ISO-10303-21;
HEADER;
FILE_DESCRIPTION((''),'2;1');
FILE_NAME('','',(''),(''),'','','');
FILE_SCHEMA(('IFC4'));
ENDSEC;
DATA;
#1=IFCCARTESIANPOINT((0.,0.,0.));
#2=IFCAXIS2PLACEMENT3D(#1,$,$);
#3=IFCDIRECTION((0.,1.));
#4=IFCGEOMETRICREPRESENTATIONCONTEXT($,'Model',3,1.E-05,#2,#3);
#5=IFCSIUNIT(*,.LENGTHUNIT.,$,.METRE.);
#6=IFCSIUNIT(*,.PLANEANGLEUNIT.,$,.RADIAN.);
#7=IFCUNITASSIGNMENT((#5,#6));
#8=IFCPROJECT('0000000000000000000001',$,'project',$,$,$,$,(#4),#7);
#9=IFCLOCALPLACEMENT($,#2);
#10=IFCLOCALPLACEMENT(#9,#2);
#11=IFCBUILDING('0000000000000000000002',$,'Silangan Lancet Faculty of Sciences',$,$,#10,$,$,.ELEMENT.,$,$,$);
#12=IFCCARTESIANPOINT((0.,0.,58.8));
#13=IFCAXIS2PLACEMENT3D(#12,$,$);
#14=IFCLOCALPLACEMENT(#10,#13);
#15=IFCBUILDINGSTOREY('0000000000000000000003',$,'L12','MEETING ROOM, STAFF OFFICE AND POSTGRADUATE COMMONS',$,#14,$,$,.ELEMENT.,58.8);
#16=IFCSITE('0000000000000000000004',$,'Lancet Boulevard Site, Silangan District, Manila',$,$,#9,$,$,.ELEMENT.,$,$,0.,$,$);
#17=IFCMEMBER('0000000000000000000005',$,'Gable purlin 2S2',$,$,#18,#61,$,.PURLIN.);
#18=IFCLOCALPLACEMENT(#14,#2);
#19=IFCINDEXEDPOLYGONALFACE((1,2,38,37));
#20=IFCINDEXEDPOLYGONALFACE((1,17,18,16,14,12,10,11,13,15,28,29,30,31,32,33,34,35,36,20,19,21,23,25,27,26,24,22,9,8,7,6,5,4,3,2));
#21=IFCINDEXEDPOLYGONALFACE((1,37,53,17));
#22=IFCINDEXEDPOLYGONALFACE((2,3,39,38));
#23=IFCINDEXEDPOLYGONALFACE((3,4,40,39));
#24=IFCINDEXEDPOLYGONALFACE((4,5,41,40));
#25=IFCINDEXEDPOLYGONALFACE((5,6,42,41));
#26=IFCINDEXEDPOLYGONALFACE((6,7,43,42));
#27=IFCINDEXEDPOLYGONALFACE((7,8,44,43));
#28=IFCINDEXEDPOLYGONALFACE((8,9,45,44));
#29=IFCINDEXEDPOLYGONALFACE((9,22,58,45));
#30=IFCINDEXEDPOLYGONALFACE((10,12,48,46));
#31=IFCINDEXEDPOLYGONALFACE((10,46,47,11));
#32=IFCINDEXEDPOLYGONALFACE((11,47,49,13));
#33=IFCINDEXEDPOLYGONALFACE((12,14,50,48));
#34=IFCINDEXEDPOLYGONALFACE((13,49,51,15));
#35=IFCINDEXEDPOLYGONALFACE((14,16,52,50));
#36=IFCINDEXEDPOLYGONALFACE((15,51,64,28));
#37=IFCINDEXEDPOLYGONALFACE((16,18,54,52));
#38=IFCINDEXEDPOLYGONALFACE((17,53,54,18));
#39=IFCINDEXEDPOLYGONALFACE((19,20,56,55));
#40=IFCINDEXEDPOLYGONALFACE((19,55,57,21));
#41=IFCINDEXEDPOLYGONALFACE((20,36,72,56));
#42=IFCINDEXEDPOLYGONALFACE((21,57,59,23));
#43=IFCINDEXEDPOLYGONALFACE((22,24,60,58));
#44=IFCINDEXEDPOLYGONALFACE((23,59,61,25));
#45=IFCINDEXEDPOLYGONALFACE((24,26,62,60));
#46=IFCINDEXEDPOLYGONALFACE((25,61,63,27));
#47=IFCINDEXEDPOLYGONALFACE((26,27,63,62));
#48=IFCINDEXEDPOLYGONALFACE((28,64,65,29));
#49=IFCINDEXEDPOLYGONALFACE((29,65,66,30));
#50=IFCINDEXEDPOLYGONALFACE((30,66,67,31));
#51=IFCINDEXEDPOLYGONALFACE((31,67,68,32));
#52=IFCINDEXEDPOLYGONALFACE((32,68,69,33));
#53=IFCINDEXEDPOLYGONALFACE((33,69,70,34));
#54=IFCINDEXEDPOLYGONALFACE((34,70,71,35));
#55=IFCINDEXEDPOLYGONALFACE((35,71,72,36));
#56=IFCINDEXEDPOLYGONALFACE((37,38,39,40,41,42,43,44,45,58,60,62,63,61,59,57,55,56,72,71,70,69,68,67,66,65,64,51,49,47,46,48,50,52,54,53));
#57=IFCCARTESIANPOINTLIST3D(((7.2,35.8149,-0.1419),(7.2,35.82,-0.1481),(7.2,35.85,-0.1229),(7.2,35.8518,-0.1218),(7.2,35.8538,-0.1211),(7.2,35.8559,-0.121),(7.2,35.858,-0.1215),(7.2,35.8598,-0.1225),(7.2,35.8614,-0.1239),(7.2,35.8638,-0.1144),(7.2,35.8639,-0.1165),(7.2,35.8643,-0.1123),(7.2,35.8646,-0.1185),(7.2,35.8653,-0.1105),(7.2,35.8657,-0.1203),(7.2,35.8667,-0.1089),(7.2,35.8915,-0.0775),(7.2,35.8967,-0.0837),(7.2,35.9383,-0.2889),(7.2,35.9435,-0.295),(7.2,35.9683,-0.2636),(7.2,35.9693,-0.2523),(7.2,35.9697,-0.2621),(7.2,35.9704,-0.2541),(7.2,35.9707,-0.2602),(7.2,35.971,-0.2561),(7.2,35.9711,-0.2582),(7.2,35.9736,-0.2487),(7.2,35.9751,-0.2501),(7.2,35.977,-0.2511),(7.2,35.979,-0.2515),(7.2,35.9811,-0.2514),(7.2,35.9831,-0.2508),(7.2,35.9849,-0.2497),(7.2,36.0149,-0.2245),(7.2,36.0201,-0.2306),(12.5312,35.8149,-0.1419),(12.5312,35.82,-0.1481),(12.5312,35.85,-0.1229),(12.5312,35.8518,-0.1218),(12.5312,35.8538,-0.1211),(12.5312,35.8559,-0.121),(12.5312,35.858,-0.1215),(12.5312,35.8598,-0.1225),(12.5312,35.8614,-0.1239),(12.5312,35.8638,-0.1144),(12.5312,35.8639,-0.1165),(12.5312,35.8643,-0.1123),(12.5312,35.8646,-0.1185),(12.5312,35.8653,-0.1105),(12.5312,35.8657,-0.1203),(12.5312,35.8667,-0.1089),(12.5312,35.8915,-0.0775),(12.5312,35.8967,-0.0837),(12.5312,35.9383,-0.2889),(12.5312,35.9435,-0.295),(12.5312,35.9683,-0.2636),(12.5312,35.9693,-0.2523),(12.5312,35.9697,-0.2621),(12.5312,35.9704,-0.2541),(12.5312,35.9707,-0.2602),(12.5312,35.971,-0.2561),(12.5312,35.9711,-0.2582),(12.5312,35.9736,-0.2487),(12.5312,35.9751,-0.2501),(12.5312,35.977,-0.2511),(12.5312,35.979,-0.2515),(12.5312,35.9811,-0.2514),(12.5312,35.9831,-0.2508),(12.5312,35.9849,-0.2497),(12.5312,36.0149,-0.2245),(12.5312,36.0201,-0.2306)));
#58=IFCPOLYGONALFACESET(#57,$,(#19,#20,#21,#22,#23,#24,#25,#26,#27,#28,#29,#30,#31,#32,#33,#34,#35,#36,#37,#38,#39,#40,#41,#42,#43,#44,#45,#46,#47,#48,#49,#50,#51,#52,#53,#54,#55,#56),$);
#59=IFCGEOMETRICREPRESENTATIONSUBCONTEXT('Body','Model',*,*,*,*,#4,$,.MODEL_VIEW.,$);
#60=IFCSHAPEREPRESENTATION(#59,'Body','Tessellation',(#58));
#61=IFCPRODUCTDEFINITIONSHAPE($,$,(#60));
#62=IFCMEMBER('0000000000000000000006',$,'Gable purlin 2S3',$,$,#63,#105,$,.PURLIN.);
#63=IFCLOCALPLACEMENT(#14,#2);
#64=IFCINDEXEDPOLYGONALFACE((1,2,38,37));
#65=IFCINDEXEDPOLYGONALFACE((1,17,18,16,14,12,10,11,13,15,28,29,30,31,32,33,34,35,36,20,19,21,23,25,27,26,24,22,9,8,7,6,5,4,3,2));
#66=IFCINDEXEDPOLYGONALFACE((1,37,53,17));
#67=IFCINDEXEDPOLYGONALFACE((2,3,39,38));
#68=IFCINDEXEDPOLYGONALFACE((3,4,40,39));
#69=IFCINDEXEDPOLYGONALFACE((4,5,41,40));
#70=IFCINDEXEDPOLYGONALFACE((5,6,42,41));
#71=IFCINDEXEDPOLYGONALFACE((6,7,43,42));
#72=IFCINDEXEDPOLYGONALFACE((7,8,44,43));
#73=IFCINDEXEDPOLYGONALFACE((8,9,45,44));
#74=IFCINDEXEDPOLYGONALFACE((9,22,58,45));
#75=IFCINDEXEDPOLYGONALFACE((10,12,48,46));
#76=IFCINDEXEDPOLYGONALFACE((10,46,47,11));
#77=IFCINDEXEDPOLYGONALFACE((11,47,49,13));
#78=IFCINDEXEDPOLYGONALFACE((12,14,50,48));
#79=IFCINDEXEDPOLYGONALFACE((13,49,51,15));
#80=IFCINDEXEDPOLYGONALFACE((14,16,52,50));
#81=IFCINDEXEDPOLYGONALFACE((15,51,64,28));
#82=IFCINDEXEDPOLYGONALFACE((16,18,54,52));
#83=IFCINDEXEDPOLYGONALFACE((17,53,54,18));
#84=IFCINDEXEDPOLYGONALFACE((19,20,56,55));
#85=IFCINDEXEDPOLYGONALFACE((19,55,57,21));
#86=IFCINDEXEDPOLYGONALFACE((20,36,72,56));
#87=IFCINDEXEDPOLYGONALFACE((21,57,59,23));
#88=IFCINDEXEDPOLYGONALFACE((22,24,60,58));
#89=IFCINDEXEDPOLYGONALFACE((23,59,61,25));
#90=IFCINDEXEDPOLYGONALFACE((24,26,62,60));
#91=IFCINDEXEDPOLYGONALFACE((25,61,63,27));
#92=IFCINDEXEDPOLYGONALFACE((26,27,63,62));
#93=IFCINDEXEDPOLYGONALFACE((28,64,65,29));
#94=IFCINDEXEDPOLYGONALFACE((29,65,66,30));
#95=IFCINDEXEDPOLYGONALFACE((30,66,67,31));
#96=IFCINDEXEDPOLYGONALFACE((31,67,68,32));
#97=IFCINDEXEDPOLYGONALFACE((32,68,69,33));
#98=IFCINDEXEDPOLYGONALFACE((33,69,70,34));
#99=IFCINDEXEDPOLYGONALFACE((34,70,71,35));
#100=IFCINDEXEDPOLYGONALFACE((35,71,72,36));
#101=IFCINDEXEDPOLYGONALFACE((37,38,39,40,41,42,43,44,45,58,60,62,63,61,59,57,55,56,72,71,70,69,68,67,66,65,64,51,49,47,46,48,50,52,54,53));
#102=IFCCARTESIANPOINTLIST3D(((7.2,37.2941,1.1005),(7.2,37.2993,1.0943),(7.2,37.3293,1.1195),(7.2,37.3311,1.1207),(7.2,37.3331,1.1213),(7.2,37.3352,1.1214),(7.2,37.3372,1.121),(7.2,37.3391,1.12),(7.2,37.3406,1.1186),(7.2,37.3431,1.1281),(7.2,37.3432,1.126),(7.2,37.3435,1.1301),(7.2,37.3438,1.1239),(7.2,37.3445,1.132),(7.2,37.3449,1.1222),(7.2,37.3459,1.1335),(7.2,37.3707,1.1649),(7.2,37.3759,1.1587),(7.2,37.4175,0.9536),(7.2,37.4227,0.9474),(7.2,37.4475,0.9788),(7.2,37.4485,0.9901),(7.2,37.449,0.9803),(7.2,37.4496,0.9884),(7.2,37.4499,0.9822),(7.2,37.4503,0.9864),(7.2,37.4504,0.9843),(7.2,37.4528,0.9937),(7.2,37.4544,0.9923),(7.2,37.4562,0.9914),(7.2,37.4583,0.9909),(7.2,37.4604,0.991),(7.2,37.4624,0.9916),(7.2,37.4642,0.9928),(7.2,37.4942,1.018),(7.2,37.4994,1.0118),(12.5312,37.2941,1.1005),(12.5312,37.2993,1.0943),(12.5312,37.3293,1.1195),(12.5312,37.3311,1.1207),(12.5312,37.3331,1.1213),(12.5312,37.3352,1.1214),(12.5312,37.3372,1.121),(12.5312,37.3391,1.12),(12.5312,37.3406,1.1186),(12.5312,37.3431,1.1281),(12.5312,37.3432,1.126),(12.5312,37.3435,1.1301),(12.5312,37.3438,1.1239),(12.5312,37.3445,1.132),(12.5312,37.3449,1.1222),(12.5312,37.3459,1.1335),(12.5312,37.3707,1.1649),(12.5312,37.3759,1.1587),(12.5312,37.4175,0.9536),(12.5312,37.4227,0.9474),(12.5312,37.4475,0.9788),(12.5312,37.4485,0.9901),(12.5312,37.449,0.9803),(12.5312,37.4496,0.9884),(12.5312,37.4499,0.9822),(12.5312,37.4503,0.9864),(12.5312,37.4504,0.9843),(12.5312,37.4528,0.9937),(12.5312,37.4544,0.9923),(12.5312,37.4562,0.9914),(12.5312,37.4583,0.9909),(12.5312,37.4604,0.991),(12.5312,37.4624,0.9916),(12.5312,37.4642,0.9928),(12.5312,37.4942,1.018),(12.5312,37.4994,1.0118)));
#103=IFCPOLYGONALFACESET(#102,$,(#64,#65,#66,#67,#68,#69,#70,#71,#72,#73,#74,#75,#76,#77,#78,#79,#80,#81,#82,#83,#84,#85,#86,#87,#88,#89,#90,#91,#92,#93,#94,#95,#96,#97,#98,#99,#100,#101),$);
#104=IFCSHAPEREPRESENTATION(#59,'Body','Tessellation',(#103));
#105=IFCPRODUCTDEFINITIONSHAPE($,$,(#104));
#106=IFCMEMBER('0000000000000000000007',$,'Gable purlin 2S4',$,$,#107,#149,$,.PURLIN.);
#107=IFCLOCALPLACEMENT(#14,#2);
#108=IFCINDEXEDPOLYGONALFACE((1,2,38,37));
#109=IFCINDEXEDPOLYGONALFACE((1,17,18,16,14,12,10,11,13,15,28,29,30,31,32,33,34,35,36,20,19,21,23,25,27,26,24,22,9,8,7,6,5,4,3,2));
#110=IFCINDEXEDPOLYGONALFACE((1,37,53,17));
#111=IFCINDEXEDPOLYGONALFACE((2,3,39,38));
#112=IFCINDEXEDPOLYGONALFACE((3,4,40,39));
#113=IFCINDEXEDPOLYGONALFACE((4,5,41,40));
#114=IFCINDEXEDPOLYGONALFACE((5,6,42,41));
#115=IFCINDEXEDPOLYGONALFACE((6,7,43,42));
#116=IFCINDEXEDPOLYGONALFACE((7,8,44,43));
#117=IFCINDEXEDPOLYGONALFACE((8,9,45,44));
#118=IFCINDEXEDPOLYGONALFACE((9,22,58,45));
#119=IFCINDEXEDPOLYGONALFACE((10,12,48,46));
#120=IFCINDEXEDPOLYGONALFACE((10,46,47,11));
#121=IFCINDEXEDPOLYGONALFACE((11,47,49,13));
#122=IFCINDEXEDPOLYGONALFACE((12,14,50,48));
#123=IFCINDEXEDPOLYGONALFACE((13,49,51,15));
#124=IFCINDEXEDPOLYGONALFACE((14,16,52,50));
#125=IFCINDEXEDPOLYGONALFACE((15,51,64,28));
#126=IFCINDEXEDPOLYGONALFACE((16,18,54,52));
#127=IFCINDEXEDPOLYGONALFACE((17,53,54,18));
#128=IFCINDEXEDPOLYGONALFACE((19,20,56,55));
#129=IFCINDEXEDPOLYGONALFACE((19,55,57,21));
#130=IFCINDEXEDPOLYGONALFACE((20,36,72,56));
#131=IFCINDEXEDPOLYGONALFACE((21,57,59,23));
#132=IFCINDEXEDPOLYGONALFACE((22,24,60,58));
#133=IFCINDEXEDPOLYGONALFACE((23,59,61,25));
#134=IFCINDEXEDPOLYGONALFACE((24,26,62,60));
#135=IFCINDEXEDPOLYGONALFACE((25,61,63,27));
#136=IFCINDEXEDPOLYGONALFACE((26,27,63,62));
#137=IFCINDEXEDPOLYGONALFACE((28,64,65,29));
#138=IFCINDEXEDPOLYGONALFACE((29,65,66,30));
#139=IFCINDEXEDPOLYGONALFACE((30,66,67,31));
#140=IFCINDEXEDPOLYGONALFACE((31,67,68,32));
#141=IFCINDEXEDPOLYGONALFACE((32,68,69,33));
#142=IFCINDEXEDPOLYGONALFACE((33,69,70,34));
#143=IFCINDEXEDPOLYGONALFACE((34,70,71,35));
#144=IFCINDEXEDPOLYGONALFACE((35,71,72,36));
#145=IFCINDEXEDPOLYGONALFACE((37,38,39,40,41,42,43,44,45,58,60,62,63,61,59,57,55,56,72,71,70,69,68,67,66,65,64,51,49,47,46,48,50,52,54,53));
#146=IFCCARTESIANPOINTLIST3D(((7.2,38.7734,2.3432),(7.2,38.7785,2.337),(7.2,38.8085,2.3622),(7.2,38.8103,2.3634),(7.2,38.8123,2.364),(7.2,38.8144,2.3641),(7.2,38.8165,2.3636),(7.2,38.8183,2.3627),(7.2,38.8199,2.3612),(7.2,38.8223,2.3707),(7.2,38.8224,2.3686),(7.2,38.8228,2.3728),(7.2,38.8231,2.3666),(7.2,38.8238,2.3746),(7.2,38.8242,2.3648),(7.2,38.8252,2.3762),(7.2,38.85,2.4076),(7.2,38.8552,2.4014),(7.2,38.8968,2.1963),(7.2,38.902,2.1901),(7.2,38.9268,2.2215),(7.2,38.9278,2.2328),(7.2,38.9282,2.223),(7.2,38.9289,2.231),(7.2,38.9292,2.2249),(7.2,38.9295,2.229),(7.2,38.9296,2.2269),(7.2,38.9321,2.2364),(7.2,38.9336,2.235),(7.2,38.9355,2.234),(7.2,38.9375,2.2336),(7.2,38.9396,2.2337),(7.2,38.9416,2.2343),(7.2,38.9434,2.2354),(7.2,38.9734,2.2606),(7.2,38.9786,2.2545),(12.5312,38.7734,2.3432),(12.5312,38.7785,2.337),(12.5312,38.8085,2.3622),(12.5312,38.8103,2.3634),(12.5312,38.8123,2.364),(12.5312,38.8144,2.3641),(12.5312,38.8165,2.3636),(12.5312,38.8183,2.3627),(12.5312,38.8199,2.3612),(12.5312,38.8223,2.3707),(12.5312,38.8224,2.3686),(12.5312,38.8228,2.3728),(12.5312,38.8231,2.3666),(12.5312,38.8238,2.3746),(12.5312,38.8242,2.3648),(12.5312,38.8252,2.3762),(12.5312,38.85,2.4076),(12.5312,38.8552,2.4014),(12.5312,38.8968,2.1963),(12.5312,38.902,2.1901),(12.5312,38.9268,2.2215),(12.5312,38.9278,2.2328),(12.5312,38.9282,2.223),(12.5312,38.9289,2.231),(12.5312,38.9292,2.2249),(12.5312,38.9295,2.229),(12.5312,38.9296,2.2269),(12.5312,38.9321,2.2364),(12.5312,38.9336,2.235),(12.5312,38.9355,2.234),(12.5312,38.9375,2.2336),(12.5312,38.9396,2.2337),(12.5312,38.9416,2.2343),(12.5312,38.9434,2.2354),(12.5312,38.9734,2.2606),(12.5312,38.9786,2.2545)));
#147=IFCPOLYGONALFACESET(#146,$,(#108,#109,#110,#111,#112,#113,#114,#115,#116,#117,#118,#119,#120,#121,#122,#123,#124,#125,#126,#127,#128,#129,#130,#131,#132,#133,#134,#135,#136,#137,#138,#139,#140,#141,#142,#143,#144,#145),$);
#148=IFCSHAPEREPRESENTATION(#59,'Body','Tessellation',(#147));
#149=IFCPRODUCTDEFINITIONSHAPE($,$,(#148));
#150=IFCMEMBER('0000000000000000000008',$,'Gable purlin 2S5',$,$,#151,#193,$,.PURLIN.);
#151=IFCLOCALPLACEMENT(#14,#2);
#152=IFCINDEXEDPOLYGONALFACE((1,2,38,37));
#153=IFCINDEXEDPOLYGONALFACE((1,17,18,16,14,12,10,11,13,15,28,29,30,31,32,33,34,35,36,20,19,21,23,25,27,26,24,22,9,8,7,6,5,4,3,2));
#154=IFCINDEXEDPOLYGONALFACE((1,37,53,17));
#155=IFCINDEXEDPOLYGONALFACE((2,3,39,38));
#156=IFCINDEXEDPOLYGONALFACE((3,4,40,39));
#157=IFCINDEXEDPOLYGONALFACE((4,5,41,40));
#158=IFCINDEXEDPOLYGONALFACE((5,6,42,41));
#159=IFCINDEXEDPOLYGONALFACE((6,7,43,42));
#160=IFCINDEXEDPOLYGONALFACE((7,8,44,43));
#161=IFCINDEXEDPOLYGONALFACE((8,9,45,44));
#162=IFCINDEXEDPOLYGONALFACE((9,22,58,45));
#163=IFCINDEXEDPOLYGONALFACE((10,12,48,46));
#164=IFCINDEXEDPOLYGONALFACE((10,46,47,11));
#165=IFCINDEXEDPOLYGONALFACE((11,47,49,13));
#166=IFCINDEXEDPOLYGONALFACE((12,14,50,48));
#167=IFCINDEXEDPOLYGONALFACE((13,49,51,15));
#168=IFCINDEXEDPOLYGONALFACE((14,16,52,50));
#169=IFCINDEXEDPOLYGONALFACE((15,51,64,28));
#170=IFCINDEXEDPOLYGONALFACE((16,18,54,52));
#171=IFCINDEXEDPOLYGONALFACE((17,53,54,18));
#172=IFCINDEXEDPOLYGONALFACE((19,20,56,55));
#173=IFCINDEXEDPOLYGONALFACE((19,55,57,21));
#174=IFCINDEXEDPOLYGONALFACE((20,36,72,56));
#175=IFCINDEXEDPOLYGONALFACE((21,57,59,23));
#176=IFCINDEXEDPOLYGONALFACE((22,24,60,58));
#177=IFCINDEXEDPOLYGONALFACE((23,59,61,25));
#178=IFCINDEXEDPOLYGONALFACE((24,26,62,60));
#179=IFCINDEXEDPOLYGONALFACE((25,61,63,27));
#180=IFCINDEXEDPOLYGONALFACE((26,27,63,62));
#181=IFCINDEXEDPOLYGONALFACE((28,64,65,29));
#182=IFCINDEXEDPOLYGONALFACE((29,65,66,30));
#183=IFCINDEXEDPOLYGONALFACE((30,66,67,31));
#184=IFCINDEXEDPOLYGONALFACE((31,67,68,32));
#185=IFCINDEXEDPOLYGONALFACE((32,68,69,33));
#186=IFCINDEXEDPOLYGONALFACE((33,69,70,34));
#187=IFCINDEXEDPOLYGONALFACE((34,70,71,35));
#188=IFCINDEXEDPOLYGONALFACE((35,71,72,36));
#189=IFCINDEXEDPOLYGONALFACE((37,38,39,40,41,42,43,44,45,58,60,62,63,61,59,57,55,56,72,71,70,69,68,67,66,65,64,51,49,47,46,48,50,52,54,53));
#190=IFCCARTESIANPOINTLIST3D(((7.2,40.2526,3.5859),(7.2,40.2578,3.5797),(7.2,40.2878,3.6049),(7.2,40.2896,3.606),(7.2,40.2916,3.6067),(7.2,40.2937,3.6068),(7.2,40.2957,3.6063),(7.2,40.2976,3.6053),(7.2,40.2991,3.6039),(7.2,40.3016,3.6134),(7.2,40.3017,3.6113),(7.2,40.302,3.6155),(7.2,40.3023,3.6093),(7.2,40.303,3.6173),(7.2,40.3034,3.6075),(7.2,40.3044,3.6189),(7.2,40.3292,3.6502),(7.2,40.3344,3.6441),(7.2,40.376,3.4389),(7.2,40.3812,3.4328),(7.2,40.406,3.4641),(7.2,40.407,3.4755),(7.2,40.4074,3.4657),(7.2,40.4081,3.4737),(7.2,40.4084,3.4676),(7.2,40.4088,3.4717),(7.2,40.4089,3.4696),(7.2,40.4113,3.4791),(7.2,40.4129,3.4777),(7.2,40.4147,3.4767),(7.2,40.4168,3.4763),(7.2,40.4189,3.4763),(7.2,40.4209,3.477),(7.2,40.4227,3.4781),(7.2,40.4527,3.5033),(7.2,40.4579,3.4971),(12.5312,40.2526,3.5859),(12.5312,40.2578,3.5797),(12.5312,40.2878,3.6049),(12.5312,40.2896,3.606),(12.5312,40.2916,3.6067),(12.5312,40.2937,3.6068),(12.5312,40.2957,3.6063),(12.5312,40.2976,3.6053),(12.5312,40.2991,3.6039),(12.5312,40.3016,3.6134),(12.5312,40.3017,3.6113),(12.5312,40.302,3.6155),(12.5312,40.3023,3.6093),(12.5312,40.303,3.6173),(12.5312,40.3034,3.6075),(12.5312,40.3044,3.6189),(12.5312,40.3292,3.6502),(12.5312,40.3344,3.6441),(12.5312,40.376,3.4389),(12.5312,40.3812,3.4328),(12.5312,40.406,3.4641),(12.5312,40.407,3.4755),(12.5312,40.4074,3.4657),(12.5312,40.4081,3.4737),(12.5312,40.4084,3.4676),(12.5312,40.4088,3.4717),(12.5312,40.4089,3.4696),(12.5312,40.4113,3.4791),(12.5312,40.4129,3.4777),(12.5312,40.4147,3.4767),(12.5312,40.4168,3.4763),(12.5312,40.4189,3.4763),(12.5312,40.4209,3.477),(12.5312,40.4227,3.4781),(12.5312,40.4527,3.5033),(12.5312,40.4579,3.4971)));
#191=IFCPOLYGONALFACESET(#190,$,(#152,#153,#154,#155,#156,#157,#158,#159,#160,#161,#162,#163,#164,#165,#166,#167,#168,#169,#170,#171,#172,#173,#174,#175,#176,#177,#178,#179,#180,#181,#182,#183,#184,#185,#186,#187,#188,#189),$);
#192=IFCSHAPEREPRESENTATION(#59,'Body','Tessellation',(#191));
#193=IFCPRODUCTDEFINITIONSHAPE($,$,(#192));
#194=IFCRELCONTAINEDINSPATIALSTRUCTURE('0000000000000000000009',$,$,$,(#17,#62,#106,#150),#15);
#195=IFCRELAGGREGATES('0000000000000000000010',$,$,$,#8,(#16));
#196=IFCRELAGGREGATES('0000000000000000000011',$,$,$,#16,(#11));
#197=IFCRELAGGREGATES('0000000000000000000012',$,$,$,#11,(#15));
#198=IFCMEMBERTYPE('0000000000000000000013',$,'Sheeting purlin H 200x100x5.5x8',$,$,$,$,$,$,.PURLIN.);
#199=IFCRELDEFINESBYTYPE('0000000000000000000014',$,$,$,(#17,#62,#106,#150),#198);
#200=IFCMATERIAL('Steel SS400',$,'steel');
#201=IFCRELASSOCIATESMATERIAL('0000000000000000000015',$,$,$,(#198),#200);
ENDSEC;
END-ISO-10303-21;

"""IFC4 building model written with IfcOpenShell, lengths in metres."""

from ifc_helpers import new_model, si_unit, direction, frame, origin, origin_2d, place, context, subcontext, project, spatial, i_section, extrude, material, material_profile, profile_set, type_object, element, save


model = new_model("IFC4")

# Units and contexts
model_context = context("Model", 3, precision=1e-05, world=origin(), true_north=direction((0.0, 1.0)))
body_context = subcontext(model_context, "Body", "Model", "MODEL_VIEW")
ifc_project = project(units=[si_unit("LENGTHUNIT", "METRE"), si_unit("PLANEANGLEUNIT", "RADIAN")], contexts=[model_context])

# Site, building, storey
site_placement = place(None, origin())
site = spatial("IfcSite", under=ifc_project, at=site_placement, Name="Lancet Boulevard Site, Silangan District, Manila", CompositionType="ELEMENT", RefElevation=0.0)
building_placement = place(site_placement, origin())
building = spatial("IfcBuilding", under=site, at=building_placement, Name="Silangan Lancet Faculty of Sciences", CompositionType="ELEMENT")
storey_placement = place(building_placement, frame((0.0, 0.0, 58.8)))
storey = spatial("IfcBuildingStorey", under=building, at=storey_placement, Name="L12", Description="MEETING ROOM, STAFF OFFICE AND POSTGRADUATE COMMONS", CompositionType="ELEMENT", Elevation=58.8)

# Members
ifc_material_1 = material(Name="Steel SS400", Category="steel")
ifc_material_profile_1 = material_profile(ifc_material_1, i_section(OverallWidth=0.1001, OverallDepth=0.2, WebThickness=0.0056, FlangeThickness=0.0081, FilletRadius=0.0081, at=origin_2d()), Name="H 200x100x5.5x8")
ifc_profile_set_1 = profile_set([ifc_material_profile_1], Name="Steel SS400")
member_type_1 = type_object("IfcMemberType", Name="Sheeting purlin H 200x100x5.5x8", PredefinedType="PURLIN", material=ifc_profile_set_1)
for number, where, z_axis, x_axis, name in (
    (1, (7.2, 35.9175, -0.1863), (1.0, 0.0, 0.0), (0.0, 0.765705, 0.643192), "Gable purlin 2S2"),
    (2, (7.2, 37.3967, 1.0562), (1.0, 0.0, 0.0), (0.0, 0.765705, 0.643192), "Gable purlin 2S3"),
    (3, (7.2, 38.876, 2.2988), (1.0, 0.0, 0.0), (0.0, 0.765705, 0.643192), "Gable purlin 2S4"),
    (4, (7.2, 40.3552, 3.5415), (1.0, 0.0, 0.0), (0.0, 0.765705, 0.643192), "Gable purlin 2S5"),
):
    element("IfcMember", number, at=place(storey_placement, frame(where, z_axis=z_axis, x_axis=x_axis)), inside=storey, type_object=member_type_1, Name=name, PredefinedType="PURLIN", context=body_context, shape_type="SweptSolid", body=[
        extrude(i_section(OverallWidth=0.1001, OverallDepth=0.2, WebThickness=0.0056, FlangeThickness=0.0081, FilletRadius=0.0081, at=origin_2d()), origin(), (0.0, 0.0, 1.0), 5.3313),
    ])

save(model, "model.ifc")
